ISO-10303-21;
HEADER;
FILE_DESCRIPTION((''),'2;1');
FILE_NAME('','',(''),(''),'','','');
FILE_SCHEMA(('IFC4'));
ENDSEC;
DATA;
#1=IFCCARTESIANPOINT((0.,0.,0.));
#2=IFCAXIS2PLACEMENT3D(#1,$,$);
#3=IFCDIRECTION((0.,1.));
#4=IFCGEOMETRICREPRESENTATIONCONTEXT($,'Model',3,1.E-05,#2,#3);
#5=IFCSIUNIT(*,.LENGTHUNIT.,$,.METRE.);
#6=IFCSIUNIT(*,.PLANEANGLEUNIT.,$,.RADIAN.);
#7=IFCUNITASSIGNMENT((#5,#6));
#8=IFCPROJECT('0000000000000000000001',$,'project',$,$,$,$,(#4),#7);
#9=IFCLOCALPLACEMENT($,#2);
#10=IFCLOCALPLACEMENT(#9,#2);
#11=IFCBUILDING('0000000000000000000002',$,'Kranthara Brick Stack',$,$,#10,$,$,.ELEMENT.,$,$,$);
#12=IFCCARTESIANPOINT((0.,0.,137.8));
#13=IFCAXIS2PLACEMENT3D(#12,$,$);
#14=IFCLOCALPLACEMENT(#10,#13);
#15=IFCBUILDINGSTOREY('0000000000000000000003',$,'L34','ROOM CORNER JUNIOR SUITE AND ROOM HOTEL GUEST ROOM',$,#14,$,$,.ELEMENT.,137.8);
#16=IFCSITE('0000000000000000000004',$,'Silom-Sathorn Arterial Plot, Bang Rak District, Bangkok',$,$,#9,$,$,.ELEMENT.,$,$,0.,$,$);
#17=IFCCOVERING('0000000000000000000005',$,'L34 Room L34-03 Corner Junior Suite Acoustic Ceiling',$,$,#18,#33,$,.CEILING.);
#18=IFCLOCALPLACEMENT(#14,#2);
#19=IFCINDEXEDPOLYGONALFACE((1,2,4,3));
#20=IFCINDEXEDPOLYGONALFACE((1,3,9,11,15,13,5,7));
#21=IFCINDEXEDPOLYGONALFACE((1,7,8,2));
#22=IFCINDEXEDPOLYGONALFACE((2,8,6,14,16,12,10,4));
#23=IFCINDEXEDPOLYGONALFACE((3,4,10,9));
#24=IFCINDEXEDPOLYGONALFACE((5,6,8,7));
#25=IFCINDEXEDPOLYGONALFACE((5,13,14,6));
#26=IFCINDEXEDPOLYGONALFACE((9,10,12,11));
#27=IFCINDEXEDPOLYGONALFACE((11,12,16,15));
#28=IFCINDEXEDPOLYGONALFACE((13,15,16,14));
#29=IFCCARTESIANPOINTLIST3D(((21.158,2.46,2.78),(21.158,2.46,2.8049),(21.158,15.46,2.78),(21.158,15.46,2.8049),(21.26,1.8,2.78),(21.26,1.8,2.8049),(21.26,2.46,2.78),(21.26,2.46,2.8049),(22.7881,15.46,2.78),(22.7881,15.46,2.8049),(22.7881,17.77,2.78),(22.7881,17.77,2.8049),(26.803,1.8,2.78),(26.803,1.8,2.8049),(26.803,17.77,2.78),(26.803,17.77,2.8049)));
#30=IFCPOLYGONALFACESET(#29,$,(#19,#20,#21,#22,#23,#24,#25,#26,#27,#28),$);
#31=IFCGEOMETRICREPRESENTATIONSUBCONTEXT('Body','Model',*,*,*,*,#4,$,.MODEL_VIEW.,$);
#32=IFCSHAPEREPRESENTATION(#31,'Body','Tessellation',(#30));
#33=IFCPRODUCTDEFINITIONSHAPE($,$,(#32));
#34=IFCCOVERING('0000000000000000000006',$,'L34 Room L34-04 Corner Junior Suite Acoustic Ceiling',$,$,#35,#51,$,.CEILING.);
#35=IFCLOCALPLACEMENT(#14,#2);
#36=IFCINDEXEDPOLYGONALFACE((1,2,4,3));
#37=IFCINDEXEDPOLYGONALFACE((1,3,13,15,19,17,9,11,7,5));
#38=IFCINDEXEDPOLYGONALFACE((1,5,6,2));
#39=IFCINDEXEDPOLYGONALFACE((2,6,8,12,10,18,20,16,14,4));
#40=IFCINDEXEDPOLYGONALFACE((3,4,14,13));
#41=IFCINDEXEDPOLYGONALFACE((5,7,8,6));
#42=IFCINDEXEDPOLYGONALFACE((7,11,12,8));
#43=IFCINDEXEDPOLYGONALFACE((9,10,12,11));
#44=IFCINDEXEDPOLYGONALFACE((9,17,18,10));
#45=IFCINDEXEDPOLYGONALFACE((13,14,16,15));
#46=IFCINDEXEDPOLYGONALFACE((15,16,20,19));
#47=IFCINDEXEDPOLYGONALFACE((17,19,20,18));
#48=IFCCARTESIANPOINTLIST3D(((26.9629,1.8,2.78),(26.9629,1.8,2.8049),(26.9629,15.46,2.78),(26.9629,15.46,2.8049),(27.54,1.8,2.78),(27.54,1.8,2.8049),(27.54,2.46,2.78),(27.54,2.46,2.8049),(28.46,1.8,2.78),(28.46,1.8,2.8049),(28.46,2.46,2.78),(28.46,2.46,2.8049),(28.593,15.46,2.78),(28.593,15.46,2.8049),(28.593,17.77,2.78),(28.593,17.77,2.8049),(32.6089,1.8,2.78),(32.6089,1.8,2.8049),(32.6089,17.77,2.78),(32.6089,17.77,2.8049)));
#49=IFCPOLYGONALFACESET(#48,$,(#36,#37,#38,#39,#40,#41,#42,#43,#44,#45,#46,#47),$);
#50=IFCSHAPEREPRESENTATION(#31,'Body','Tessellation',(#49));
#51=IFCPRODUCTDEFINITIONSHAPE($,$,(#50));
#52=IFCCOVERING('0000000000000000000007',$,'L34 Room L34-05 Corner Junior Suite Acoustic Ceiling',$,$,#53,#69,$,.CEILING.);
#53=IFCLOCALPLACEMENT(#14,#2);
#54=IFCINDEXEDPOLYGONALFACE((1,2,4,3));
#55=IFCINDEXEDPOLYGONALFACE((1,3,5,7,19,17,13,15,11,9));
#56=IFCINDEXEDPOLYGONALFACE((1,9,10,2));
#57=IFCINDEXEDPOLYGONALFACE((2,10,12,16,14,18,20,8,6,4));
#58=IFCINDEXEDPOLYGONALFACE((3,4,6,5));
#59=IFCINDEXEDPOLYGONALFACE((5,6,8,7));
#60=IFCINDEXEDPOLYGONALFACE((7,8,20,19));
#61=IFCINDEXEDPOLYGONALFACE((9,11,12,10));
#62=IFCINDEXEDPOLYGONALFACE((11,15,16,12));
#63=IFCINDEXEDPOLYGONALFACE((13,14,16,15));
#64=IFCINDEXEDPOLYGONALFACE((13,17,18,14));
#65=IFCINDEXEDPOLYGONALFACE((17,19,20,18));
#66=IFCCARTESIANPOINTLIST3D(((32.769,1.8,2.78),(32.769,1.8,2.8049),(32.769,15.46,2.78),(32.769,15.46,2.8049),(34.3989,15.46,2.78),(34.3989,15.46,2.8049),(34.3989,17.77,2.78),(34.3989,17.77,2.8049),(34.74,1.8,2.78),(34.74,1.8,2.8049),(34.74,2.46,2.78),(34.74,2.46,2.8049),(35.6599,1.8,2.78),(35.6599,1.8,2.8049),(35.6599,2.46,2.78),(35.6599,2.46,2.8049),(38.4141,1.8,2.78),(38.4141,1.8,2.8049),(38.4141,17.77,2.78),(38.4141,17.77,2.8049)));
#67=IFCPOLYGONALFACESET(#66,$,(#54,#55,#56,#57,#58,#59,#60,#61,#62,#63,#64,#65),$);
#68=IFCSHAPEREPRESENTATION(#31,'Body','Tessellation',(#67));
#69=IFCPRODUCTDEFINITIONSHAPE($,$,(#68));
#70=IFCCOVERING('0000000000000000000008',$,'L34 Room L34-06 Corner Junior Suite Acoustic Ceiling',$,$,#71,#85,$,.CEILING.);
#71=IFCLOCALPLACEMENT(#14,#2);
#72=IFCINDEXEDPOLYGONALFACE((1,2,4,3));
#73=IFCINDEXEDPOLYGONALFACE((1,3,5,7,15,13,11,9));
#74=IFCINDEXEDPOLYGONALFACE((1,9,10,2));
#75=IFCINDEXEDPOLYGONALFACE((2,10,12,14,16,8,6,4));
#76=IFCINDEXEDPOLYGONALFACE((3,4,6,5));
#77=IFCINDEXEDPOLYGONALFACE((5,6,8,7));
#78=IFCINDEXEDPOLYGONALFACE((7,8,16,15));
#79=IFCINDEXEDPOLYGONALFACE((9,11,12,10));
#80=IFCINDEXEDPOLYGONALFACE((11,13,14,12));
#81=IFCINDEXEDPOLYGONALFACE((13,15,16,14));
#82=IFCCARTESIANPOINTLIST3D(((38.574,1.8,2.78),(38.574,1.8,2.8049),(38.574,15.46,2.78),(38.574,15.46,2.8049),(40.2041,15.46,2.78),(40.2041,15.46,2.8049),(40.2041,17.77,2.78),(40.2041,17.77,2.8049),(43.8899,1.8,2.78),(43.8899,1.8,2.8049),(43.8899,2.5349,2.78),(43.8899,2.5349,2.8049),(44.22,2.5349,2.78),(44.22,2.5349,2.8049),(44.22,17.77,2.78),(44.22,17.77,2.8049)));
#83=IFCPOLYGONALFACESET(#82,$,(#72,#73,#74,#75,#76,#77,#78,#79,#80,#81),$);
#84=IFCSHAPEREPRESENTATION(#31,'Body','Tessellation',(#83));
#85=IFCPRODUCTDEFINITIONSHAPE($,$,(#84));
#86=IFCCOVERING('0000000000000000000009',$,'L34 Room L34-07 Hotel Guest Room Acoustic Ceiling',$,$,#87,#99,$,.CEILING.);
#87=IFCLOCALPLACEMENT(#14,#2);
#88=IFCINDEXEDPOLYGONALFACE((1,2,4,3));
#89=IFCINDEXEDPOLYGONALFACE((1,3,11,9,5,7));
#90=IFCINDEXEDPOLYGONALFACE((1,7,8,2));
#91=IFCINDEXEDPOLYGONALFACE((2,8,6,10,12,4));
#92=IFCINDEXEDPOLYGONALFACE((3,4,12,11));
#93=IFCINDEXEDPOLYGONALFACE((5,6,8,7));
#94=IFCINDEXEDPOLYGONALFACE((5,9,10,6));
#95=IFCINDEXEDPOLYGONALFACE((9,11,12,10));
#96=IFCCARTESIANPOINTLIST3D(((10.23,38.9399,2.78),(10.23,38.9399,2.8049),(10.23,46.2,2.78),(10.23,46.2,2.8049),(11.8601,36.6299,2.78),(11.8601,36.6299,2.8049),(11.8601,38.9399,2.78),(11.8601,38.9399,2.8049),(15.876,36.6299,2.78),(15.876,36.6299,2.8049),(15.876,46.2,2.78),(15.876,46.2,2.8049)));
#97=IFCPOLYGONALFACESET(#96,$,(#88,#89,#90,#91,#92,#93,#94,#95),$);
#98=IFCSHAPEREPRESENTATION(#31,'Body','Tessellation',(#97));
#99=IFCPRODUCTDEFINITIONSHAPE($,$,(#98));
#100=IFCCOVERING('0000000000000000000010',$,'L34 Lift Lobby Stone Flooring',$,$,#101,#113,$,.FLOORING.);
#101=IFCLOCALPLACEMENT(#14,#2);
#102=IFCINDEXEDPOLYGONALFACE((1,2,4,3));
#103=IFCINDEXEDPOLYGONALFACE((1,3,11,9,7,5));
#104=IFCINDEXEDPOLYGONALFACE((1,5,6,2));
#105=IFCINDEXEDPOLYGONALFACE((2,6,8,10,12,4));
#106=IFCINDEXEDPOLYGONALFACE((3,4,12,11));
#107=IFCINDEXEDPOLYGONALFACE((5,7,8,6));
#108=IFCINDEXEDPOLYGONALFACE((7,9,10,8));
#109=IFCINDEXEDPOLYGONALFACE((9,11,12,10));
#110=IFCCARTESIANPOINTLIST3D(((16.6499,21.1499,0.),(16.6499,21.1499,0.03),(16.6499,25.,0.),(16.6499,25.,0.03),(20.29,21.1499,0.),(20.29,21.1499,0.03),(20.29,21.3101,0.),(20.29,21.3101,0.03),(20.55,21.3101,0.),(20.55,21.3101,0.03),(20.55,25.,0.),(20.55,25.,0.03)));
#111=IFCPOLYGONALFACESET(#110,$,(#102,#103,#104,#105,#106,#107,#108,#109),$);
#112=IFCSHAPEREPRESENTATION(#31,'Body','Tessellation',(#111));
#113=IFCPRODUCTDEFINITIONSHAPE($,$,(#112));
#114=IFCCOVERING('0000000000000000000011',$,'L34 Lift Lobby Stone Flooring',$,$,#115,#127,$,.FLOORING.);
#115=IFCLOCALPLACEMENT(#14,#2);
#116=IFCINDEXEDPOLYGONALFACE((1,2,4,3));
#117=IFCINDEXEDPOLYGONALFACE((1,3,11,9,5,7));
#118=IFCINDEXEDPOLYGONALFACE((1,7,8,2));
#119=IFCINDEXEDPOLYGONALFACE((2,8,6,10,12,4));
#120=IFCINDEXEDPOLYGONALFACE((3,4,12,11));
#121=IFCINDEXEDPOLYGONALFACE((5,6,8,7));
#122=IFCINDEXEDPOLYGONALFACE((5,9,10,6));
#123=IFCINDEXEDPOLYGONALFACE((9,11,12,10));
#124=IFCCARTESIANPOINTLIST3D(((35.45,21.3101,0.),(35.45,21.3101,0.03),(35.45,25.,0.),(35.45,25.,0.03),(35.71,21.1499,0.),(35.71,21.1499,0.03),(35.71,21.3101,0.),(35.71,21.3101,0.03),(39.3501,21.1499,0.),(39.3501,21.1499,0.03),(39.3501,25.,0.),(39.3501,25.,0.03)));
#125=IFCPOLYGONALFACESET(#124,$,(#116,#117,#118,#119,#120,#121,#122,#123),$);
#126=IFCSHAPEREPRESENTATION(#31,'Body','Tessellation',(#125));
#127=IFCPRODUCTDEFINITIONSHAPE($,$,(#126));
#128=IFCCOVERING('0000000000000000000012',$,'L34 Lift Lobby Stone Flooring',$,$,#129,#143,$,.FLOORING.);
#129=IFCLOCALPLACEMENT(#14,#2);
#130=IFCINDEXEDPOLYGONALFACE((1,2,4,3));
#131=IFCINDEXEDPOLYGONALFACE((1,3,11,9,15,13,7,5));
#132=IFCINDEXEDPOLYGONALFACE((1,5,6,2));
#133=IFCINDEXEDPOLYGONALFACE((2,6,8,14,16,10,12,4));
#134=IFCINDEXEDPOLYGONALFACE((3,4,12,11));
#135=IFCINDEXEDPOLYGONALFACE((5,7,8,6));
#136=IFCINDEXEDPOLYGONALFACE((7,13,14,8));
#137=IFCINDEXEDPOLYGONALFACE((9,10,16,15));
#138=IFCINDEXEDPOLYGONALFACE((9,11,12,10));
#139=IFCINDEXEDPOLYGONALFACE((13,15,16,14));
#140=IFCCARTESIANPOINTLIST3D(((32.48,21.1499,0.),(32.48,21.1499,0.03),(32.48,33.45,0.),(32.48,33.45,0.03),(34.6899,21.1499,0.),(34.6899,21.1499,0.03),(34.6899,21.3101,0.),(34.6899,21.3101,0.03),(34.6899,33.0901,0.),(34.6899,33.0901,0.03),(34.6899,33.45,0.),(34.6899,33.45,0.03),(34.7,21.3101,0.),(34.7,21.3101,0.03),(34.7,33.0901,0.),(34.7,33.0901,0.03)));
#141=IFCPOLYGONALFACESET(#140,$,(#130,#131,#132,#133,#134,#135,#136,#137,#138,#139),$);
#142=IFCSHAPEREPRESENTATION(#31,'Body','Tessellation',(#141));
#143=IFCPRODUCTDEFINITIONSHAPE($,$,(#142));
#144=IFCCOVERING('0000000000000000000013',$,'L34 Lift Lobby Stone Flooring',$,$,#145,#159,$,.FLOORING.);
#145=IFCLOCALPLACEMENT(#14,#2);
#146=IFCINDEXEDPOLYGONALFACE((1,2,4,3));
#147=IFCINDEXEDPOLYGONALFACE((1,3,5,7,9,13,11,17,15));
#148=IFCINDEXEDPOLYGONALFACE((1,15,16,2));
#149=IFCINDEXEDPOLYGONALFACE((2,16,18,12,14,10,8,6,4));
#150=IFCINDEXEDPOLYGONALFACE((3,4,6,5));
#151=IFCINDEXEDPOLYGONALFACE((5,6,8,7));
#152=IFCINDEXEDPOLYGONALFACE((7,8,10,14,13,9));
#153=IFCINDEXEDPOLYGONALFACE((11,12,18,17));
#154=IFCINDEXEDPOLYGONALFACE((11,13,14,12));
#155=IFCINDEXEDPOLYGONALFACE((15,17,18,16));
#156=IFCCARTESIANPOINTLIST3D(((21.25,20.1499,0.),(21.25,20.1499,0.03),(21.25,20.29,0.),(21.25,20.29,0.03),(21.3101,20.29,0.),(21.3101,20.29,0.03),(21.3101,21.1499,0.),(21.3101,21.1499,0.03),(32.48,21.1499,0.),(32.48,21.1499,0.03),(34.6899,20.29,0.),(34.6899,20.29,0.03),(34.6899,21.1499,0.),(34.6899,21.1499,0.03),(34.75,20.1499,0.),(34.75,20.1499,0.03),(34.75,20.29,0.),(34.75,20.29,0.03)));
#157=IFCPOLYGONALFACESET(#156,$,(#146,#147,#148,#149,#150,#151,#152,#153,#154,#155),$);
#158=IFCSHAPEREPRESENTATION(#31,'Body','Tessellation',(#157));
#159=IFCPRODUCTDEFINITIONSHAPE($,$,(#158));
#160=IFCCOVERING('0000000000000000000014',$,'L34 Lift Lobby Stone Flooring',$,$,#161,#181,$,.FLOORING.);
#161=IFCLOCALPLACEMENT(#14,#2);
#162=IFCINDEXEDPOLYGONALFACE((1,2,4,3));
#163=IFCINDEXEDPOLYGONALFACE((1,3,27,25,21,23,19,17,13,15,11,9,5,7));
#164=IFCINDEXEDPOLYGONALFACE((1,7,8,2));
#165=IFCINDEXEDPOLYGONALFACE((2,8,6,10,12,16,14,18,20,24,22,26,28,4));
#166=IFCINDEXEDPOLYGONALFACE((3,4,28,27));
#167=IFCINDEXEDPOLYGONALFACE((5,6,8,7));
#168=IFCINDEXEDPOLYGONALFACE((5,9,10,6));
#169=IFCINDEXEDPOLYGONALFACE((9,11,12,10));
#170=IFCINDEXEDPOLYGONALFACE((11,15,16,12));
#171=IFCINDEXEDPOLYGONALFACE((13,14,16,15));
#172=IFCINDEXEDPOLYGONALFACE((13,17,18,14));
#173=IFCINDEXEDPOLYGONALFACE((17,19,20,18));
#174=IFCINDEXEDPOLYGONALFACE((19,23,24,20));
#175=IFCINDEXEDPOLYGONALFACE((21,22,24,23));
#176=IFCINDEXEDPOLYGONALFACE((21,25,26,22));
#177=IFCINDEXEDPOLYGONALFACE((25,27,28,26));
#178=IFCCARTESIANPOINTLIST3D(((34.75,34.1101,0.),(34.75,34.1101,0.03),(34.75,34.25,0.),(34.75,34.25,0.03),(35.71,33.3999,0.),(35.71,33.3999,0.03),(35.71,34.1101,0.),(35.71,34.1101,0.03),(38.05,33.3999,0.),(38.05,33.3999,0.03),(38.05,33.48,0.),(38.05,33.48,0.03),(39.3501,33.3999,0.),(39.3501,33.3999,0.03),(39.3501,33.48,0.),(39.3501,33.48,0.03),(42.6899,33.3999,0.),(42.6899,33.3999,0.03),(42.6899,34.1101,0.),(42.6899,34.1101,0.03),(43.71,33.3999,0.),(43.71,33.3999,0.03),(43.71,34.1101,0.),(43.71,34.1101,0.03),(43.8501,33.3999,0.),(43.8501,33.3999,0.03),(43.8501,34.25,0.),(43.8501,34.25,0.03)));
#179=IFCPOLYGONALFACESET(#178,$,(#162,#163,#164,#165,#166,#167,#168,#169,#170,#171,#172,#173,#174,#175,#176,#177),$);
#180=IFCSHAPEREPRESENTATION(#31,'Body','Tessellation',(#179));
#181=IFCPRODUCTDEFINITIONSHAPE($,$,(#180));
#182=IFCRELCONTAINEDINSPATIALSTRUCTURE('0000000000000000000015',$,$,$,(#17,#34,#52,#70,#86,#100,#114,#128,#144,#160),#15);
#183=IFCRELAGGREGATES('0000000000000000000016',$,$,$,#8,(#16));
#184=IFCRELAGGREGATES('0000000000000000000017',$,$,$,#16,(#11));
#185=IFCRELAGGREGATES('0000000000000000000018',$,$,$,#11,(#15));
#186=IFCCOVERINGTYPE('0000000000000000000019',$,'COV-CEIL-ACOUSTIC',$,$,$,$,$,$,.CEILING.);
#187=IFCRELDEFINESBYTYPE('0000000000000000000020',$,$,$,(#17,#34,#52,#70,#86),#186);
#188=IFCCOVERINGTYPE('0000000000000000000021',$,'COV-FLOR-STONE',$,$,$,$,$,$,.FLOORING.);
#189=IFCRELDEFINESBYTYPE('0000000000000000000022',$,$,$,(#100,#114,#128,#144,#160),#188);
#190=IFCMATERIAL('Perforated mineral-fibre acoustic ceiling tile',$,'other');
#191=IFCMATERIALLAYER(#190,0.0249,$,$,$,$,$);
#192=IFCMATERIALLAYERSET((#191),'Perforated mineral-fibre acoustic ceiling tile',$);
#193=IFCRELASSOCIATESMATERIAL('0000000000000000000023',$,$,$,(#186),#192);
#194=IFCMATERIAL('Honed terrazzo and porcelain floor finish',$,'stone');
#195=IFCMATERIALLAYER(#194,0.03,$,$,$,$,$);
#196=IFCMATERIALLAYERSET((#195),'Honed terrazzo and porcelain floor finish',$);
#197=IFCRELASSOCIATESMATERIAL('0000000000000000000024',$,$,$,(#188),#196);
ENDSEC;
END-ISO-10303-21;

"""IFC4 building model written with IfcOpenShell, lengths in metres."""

from ifc_helpers import new_model, si_unit, direction, frame, origin, place, context, subcontext, project, spatial, polyline, outline, extrude, material, layer, layer_set, type_object, element, save


model = new_model("IFC4")

# Units and contexts
model_context = context("Model", 3, precision=1e-05, world=origin(), true_north=direction((0.0, 1.0)))
body_context = subcontext(model_context, "Body", "Model", "MODEL_VIEW")
ifc_project = project(units=[si_unit("LENGTHUNIT", "METRE"), si_unit("PLANEANGLEUNIT", "RADIAN")], contexts=[model_context])

# Site, building, storey
site_placement = place(None, origin())
site = spatial("IfcSite", under=ifc_project, at=site_placement, Name="Silom-Sathorn Arterial Plot, Bang Rak District, Bangkok", CompositionType="ELEMENT", RefElevation=0.0)
building_placement = place(site_placement, origin())
building = spatial("IfcBuilding", under=site, at=building_placement, Name="Kranthara Brick Stack", CompositionType="ELEMENT")
storey_placement = place(building_placement, frame((0.0, 0.0, 137.8)))
storey = spatial("IfcBuildingStorey", under=building, at=storey_placement, Name="L34", Description="ROOM CORNER JUNIOR SUITE AND ROOM HOTEL GUEST ROOM", CompositionType="ELEMENT", Elevation=137.8)

# Coverings
ifc_material_1 = material(Name="Perforated mineral-fibre acoustic ceiling tile", Category="other")
ifc_layer_1 = layer(ifc_material_1, 0.0249)
ifc_layer_set_1 = layer_set([ifc_layer_1], Name="Perforated mineral-fibre acoustic ceiling tile")
covering_type_1 = type_object("IfcCoveringType", Name="COV-CEIL-ACOUSTIC", PredefinedType="CEILING", material=ifc_layer_set_1)
covering_1_placement = place(storey_placement, frame((0.0, 0.0, 2.78)))
element("IfcCovering", 1, at=covering_1_placement, inside=storey, type_object=covering_type_1, Name="L34 Room L34-03 Corner Junior Suite Acoustic Ceiling", PredefinedType="CEILING", context=body_context, shape_type="SweptSolid", body=[
    extrude(outline(polyline([(21.158, 15.46), (22.7881, 15.46), (22.7881, 17.77), (26.803, 17.77), (26.803, 1.8), (21.26, 1.8), (21.26, 2.46), (21.158, 2.46), (21.158, 15.46)])), origin(), (0.0, 0.0, 1.0), 0.0249),
])
covering_2_placement = place(storey_placement, frame((0.0, 0.0, 2.78)))
element("IfcCovering", 2, at=covering_2_placement, inside=storey, type_object=covering_type_1, Name="L34 Room L34-04 Corner Junior Suite Acoustic Ceiling", PredefinedType="CEILING", context=body_context, shape_type="SweptSolid", body=[
    extrude(outline(polyline([(26.9629, 1.8), (26.9629, 15.46), (28.593, 15.46), (28.593, 17.77), (32.6089, 17.77), (32.6089, 1.8), (28.46, 1.8), (28.46, 2.46), (27.54, 2.46), (27.54, 1.8), (26.9629, 1.8)])), origin(), (0.0, 0.0, 1.0), 0.0249),
])
covering_3_placement = place(storey_placement, frame((0.0, 0.0, 2.78)))
element("IfcCovering", 3, at=covering_3_placement, inside=storey, type_object=covering_type_1, Name="L34 Room L34-05 Corner Junior Suite Acoustic Ceiling", PredefinedType="CEILING", context=body_context, shape_type="SweptSolid", body=[
    extrude(outline(polyline([(32.769, 1.8), (32.769, 15.46), (34.3989, 15.46), (34.3989, 17.77), (38.4141, 17.77), (38.4141, 1.8), (35.6599, 1.8), (35.6599, 2.46), (34.74, 2.46), (34.74, 1.8), (32.769, 1.8)])), origin(), (0.0, 0.0, 1.0), 0.0249),
])
covering_4_placement = place(storey_placement, frame((0.0, 0.0, 2.78)))
element("IfcCovering", 4, at=covering_4_placement, inside=storey, type_object=covering_type_1, Name="L34 Room L34-06 Corner Junior Suite Acoustic Ceiling", PredefinedType="CEILING", context=body_context, shape_type="SweptSolid", body=[
    extrude(outline(polyline([(38.574, 1.8), (38.574, 15.46), (40.2041, 15.46), (40.2041, 17.77), (44.22, 17.77), (44.22, 2.5349), (43.8899, 2.5349), (43.8899, 1.8), (38.574, 1.8)])), origin(), (0.0, 0.0, 1.0), 0.0249),
])
covering_5_placement = place(storey_placement, frame((0.0, 0.0, 2.78)))
element("IfcCovering", 5, at=covering_5_placement, inside=storey, type_object=covering_type_1, Name="L34 Room L34-07 Hotel Guest Room Acoustic Ceiling", PredefinedType="CEILING", context=body_context, shape_type="SweptSolid", body=[
    extrude(outline(polyline([(11.8601, 36.6299), (15.876, 36.6299), (15.876, 46.2), (10.23, 46.2), (10.23, 38.9399), (11.8601, 38.9399), (11.8601, 36.6299)])), origin(), (0.0, 0.0, 1.0), 0.0249),
])
ifc_material_2 = material(Name="Honed terrazzo and porcelain floor finish", Category="stone")
ifc_layer_2 = layer(ifc_material_2, 0.03)
ifc_layer_set_2 = layer_set([ifc_layer_2], Name="Honed terrazzo and porcelain floor finish")
covering_type_2 = type_object("IfcCoveringType", Name="COV-FLOR-STONE", PredefinedType="FLOORING", material=ifc_layer_set_2)
covering_6_placement = place(storey_placement, origin())
element("IfcCovering", 6, at=covering_6_placement, inside=storey, type_object=covering_type_2, Name="L34 Lift Lobby Stone Flooring", PredefinedType="FLOORING", context=body_context, shape_type="SweptSolid", body=[
    extrude(outline(polyline([(16.6499, 21.1499), (16.6499, 25.0), (20.55, 25.0), (20.55, 21.3101), (20.29, 21.3101), (20.29, 21.1499), (16.6499, 21.1499)])), origin(), (0.0, 0.0, 1.0), 0.03),
])
covering_7_placement = place(storey_placement, origin())
element("IfcCovering", 7, at=covering_7_placement, inside=storey, type_object=covering_type_2, Name="L34 Lift Lobby Stone Flooring", PredefinedType="FLOORING", context=body_context, shape_type="SweptSolid", body=[
    extrude(outline(polyline([(35.45, 25.0), (39.3501, 25.0), (39.3501, 21.1499), (35.71, 21.1499), (35.71, 21.3101), (35.45, 21.3101), (35.45, 25.0)])), origin(), (0.0, 0.0, 1.0), 0.03),
])
covering_8_placement = place(storey_placement, origin())
element("IfcCovering", 8, at=covering_8_placement, inside=storey, type_object=covering_type_2, Name="L34 Lift Lobby Stone Flooring", PredefinedType="FLOORING", context=body_context, shape_type="SweptSolid", body=[
    extrude(outline(polyline([(32.48, 33.45), (34.6899, 33.45), (34.6899, 33.0901), (34.7, 33.0901), (34.7, 21.3101), (34.6899, 21.3101), (34.6899, 21.1499), (32.48, 21.1499), (32.48, 33.45)])), origin(), (0.0, 0.0, 1.0), 0.03),
])
covering_9_placement = place(storey_placement, origin())
element("IfcCovering", 9, at=covering_9_placement, inside=storey, type_object=covering_type_2, Name="L34 Lift Lobby Stone Flooring", PredefinedType="FLOORING", context=body_context, shape_type="SweptSolid", body=[
    extrude(outline(polyline([(21.25, 20.29), (21.3101, 20.29), (21.3101, 21.1499), (32.48, 21.1499), (34.6899, 21.1499), (34.6899, 20.29), (34.75, 20.29), (34.75, 20.1499), (21.25, 20.1499), (21.25, 20.29)])), origin(), (0.0, 0.0, 1.0), 0.03),
])
covering_10_placement = place(storey_placement, origin())
element("IfcCovering", 10, at=covering_10_placement, inside=storey, type_object=covering_type_2, Name="L34 Lift Lobby Stone Flooring", PredefinedType="FLOORING", context=body_context, shape_type="SweptSolid", body=[
    extrude(outline(polyline([(43.71, 33.3999), (43.71, 34.1101), (42.6899, 34.1101), (42.6899, 33.3999), (39.3501, 33.3999), (39.3501, 33.48), (38.05, 33.48), (38.05, 33.3999), (35.71, 33.3999), (35.71, 34.1101), (34.75, 34.1101), (34.75, 34.25), (43.8501, 34.25), (43.8501, 33.3999), (43.71, 33.3999)])), origin(), (0.0, 0.0, 1.0), 0.03),
])

save(model, "model.ifc")
